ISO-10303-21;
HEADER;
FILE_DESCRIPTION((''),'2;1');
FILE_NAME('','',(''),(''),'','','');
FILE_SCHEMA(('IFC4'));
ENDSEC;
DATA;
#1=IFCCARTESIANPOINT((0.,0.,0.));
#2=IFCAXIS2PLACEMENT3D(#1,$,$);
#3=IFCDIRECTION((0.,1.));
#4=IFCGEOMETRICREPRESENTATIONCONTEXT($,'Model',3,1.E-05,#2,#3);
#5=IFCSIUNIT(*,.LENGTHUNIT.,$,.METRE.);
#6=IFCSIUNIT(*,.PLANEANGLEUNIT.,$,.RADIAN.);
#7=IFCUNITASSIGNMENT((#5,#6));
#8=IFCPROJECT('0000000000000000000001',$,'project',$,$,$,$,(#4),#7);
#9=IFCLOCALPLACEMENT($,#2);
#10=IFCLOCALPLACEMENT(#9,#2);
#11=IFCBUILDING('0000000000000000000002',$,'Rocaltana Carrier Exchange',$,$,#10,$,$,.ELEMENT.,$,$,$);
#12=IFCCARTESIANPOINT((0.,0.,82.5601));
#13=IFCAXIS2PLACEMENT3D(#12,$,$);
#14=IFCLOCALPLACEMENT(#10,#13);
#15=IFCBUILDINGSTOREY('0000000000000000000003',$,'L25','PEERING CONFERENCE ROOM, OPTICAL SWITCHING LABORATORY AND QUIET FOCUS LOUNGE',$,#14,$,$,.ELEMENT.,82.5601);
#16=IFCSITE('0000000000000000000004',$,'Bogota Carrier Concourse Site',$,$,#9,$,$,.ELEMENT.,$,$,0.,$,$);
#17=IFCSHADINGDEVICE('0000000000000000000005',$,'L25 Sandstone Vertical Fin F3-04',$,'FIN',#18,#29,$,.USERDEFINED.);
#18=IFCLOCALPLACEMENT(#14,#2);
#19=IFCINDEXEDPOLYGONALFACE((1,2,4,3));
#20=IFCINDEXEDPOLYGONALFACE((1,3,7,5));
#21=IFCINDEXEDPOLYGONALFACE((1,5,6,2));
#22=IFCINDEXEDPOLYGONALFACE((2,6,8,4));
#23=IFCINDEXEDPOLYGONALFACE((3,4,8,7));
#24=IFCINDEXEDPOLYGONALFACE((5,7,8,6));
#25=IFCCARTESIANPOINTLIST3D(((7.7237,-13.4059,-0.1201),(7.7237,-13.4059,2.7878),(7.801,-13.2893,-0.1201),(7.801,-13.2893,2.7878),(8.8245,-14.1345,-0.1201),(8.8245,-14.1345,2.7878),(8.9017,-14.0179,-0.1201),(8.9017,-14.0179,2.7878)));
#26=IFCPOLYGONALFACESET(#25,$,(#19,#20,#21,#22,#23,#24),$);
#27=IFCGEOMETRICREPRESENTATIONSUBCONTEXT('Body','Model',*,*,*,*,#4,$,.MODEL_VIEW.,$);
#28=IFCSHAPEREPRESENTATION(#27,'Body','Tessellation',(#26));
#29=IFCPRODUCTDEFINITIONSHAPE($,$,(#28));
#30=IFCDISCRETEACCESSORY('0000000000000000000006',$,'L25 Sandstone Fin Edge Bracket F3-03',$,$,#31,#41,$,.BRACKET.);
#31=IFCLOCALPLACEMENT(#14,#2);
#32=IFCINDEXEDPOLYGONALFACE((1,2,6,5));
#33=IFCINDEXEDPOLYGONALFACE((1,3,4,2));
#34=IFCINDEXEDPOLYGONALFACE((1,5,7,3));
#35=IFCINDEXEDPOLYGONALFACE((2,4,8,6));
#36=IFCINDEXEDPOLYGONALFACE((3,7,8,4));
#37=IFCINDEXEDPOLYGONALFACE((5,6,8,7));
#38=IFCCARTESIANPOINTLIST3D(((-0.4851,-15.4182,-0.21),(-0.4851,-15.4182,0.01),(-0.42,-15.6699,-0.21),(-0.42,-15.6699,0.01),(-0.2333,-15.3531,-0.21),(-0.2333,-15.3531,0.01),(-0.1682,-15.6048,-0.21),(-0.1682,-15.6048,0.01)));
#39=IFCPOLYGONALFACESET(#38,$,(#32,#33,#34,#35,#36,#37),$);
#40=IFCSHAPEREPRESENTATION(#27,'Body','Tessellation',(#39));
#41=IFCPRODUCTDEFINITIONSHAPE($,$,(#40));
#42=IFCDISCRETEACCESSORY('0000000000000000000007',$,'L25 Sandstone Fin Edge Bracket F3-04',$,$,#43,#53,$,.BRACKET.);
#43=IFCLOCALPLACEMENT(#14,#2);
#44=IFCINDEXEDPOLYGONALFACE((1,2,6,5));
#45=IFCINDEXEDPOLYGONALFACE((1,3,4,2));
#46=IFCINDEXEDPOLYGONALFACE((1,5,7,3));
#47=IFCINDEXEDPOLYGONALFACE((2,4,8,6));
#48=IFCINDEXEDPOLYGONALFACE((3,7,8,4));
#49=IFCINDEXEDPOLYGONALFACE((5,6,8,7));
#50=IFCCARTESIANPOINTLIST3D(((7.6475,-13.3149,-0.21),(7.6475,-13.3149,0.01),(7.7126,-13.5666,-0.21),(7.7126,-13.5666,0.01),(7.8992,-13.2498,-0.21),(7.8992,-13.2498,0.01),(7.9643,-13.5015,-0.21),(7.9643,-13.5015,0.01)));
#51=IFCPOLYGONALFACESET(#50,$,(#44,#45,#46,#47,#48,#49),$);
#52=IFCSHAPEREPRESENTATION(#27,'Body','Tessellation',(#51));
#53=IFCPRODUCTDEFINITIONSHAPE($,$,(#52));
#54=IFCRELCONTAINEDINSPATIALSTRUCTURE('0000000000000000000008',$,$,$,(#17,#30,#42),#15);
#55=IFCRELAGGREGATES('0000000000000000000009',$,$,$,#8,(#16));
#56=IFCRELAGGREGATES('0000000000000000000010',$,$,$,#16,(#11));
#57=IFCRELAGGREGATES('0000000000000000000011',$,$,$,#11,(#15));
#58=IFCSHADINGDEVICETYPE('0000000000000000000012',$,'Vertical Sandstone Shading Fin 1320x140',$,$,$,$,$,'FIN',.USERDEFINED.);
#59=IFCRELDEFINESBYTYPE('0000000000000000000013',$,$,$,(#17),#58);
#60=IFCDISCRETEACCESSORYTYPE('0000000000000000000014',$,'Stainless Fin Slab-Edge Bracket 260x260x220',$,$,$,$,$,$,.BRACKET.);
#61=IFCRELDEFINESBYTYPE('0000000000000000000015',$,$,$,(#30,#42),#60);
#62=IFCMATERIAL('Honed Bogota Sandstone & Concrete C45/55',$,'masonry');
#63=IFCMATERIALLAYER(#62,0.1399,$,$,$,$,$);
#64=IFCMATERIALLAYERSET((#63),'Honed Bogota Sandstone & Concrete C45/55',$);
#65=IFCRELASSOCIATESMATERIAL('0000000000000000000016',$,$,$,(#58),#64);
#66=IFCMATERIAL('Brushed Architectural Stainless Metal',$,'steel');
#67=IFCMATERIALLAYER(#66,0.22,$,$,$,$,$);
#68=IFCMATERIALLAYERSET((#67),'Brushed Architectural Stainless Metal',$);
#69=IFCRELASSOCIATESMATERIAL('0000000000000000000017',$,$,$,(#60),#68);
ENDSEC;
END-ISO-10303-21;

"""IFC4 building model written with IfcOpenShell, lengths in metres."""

from ifc_helpers import new_model, si_unit, direction, frame, origin, origin_2d, place, context, subcontext, project, spatial, rectangle, extrude, material, layer, layer_set, type_object, element, save


model = new_model("IFC4")

# Units and contexts
model_context = context("Model", 3, precision=1e-05, world=origin(), true_north=direction((0.0, 1.0)))
body_context = subcontext(model_context, "Body", "Model", "MODEL_VIEW")
ifc_project = project(units=[si_unit("LENGTHUNIT", "METRE"), si_unit("PLANEANGLEUNIT", "RADIAN")], contexts=[model_context])

# Site, building, storey
site_placement = place(None, origin())
site = spatial("IfcSite", under=ifc_project, at=site_placement, Name="Bogota Carrier Concourse Site", CompositionType="ELEMENT", RefElevation=0.0)
building_placement = place(site_placement, origin())
building = spatial("IfcBuilding", under=site, at=building_placement, Name="Rocaltana Carrier Exchange", CompositionType="ELEMENT")
storey_placement = place(building_placement, frame((0.0, 0.0, 82.5601)))
storey = spatial("IfcBuildingStorey", under=building, at=storey_placement, Name="L25", Description="PEERING CONFERENCE ROOM, OPTICAL SWITCHING LABORATORY AND QUIET FOCUS LOUNGE", CompositionType="ELEMENT", Elevation=82.5601)

# Shading device
ifc_material_1 = material(Name="Honed Bogota Sandstone & Concrete C45/55", Category="masonry")
ifc_layer_1 = layer(ifc_material_1, 0.1399)
ifc_layer_set_1 = layer_set([ifc_layer_1], Name="Honed Bogota Sandstone & Concrete C45/55")
shading_device_type = type_object("IfcShadingDeviceType", Name="Vertical Sandstone Shading Fin 1320x140", ElementType="FIN", PredefinedType="USERDEFINED", material=ifc_layer_set_1)
for number, where, z_axis, x_axis, name in (
    (1, (8.3127, -13.7119, -0.1201), (0.0, 0.0, 1.0), (0.833886, -0.551937, 0.0), "L25 Sandstone Vertical Fin F3-04"),
):
    element("IfcShadingDevice", number, at=place(storey_placement, frame(where, z_axis=z_axis, x_axis=x_axis)), inside=storey, type_object=shading_device_type, Name=name, ObjectType="FIN", PredefinedType="USERDEFINED", context=body_context, shape_type="SweptSolid", body=[
        extrude(rectangle(XDim=1.3201, YDim=0.1399, at=origin_2d()), origin(), (0.0, 0.0, 1.0), 2.908),
    ])

# Discrete accessories
ifc_material_2 = material(Name="Brushed Architectural Stainless Metal", Category="steel")
ifc_layer_2 = layer(ifc_material_2, 0.22)
ifc_layer_set_2 = layer_set([ifc_layer_2], Name="Brushed Architectural Stainless Metal")
discrete_accessory_type = type_object("IfcDiscreteAccessoryType", Name="Stainless Fin Slab-Edge Bracket 260x260x220", PredefinedType="BRACKET", material=ifc_layer_set_2)
for number, where, z_axis, x_axis, name in (
    (2, (-0.3267, -15.5115, -0.21), (0.0, 0.0, 1.0), (0.968148, 0.25038, 0.0), "L25 Sandstone Fin Edge Bracket F3-03"),
    (3, (7.8059, -13.4082, -0.21), (0.0, 0.0, 1.0), (0.968148, 0.25038, 0.0), "L25 Sandstone Fin Edge Bracket F3-04"),
):
    element("IfcDiscreteAccessory", number, at=place(storey_placement, frame(where, z_axis=z_axis, x_axis=x_axis)), inside=storey, type_object=discrete_accessory_type, Name=name, PredefinedType="BRACKET", context=body_context, shape_type="SweptSolid", body=[
        extrude(rectangle(XDim=0.26, YDim=0.26, at=origin_2d()), origin(), (0.0, 0.0, 1.0), 0.22),
    ])

save(model, "model.ifc")
